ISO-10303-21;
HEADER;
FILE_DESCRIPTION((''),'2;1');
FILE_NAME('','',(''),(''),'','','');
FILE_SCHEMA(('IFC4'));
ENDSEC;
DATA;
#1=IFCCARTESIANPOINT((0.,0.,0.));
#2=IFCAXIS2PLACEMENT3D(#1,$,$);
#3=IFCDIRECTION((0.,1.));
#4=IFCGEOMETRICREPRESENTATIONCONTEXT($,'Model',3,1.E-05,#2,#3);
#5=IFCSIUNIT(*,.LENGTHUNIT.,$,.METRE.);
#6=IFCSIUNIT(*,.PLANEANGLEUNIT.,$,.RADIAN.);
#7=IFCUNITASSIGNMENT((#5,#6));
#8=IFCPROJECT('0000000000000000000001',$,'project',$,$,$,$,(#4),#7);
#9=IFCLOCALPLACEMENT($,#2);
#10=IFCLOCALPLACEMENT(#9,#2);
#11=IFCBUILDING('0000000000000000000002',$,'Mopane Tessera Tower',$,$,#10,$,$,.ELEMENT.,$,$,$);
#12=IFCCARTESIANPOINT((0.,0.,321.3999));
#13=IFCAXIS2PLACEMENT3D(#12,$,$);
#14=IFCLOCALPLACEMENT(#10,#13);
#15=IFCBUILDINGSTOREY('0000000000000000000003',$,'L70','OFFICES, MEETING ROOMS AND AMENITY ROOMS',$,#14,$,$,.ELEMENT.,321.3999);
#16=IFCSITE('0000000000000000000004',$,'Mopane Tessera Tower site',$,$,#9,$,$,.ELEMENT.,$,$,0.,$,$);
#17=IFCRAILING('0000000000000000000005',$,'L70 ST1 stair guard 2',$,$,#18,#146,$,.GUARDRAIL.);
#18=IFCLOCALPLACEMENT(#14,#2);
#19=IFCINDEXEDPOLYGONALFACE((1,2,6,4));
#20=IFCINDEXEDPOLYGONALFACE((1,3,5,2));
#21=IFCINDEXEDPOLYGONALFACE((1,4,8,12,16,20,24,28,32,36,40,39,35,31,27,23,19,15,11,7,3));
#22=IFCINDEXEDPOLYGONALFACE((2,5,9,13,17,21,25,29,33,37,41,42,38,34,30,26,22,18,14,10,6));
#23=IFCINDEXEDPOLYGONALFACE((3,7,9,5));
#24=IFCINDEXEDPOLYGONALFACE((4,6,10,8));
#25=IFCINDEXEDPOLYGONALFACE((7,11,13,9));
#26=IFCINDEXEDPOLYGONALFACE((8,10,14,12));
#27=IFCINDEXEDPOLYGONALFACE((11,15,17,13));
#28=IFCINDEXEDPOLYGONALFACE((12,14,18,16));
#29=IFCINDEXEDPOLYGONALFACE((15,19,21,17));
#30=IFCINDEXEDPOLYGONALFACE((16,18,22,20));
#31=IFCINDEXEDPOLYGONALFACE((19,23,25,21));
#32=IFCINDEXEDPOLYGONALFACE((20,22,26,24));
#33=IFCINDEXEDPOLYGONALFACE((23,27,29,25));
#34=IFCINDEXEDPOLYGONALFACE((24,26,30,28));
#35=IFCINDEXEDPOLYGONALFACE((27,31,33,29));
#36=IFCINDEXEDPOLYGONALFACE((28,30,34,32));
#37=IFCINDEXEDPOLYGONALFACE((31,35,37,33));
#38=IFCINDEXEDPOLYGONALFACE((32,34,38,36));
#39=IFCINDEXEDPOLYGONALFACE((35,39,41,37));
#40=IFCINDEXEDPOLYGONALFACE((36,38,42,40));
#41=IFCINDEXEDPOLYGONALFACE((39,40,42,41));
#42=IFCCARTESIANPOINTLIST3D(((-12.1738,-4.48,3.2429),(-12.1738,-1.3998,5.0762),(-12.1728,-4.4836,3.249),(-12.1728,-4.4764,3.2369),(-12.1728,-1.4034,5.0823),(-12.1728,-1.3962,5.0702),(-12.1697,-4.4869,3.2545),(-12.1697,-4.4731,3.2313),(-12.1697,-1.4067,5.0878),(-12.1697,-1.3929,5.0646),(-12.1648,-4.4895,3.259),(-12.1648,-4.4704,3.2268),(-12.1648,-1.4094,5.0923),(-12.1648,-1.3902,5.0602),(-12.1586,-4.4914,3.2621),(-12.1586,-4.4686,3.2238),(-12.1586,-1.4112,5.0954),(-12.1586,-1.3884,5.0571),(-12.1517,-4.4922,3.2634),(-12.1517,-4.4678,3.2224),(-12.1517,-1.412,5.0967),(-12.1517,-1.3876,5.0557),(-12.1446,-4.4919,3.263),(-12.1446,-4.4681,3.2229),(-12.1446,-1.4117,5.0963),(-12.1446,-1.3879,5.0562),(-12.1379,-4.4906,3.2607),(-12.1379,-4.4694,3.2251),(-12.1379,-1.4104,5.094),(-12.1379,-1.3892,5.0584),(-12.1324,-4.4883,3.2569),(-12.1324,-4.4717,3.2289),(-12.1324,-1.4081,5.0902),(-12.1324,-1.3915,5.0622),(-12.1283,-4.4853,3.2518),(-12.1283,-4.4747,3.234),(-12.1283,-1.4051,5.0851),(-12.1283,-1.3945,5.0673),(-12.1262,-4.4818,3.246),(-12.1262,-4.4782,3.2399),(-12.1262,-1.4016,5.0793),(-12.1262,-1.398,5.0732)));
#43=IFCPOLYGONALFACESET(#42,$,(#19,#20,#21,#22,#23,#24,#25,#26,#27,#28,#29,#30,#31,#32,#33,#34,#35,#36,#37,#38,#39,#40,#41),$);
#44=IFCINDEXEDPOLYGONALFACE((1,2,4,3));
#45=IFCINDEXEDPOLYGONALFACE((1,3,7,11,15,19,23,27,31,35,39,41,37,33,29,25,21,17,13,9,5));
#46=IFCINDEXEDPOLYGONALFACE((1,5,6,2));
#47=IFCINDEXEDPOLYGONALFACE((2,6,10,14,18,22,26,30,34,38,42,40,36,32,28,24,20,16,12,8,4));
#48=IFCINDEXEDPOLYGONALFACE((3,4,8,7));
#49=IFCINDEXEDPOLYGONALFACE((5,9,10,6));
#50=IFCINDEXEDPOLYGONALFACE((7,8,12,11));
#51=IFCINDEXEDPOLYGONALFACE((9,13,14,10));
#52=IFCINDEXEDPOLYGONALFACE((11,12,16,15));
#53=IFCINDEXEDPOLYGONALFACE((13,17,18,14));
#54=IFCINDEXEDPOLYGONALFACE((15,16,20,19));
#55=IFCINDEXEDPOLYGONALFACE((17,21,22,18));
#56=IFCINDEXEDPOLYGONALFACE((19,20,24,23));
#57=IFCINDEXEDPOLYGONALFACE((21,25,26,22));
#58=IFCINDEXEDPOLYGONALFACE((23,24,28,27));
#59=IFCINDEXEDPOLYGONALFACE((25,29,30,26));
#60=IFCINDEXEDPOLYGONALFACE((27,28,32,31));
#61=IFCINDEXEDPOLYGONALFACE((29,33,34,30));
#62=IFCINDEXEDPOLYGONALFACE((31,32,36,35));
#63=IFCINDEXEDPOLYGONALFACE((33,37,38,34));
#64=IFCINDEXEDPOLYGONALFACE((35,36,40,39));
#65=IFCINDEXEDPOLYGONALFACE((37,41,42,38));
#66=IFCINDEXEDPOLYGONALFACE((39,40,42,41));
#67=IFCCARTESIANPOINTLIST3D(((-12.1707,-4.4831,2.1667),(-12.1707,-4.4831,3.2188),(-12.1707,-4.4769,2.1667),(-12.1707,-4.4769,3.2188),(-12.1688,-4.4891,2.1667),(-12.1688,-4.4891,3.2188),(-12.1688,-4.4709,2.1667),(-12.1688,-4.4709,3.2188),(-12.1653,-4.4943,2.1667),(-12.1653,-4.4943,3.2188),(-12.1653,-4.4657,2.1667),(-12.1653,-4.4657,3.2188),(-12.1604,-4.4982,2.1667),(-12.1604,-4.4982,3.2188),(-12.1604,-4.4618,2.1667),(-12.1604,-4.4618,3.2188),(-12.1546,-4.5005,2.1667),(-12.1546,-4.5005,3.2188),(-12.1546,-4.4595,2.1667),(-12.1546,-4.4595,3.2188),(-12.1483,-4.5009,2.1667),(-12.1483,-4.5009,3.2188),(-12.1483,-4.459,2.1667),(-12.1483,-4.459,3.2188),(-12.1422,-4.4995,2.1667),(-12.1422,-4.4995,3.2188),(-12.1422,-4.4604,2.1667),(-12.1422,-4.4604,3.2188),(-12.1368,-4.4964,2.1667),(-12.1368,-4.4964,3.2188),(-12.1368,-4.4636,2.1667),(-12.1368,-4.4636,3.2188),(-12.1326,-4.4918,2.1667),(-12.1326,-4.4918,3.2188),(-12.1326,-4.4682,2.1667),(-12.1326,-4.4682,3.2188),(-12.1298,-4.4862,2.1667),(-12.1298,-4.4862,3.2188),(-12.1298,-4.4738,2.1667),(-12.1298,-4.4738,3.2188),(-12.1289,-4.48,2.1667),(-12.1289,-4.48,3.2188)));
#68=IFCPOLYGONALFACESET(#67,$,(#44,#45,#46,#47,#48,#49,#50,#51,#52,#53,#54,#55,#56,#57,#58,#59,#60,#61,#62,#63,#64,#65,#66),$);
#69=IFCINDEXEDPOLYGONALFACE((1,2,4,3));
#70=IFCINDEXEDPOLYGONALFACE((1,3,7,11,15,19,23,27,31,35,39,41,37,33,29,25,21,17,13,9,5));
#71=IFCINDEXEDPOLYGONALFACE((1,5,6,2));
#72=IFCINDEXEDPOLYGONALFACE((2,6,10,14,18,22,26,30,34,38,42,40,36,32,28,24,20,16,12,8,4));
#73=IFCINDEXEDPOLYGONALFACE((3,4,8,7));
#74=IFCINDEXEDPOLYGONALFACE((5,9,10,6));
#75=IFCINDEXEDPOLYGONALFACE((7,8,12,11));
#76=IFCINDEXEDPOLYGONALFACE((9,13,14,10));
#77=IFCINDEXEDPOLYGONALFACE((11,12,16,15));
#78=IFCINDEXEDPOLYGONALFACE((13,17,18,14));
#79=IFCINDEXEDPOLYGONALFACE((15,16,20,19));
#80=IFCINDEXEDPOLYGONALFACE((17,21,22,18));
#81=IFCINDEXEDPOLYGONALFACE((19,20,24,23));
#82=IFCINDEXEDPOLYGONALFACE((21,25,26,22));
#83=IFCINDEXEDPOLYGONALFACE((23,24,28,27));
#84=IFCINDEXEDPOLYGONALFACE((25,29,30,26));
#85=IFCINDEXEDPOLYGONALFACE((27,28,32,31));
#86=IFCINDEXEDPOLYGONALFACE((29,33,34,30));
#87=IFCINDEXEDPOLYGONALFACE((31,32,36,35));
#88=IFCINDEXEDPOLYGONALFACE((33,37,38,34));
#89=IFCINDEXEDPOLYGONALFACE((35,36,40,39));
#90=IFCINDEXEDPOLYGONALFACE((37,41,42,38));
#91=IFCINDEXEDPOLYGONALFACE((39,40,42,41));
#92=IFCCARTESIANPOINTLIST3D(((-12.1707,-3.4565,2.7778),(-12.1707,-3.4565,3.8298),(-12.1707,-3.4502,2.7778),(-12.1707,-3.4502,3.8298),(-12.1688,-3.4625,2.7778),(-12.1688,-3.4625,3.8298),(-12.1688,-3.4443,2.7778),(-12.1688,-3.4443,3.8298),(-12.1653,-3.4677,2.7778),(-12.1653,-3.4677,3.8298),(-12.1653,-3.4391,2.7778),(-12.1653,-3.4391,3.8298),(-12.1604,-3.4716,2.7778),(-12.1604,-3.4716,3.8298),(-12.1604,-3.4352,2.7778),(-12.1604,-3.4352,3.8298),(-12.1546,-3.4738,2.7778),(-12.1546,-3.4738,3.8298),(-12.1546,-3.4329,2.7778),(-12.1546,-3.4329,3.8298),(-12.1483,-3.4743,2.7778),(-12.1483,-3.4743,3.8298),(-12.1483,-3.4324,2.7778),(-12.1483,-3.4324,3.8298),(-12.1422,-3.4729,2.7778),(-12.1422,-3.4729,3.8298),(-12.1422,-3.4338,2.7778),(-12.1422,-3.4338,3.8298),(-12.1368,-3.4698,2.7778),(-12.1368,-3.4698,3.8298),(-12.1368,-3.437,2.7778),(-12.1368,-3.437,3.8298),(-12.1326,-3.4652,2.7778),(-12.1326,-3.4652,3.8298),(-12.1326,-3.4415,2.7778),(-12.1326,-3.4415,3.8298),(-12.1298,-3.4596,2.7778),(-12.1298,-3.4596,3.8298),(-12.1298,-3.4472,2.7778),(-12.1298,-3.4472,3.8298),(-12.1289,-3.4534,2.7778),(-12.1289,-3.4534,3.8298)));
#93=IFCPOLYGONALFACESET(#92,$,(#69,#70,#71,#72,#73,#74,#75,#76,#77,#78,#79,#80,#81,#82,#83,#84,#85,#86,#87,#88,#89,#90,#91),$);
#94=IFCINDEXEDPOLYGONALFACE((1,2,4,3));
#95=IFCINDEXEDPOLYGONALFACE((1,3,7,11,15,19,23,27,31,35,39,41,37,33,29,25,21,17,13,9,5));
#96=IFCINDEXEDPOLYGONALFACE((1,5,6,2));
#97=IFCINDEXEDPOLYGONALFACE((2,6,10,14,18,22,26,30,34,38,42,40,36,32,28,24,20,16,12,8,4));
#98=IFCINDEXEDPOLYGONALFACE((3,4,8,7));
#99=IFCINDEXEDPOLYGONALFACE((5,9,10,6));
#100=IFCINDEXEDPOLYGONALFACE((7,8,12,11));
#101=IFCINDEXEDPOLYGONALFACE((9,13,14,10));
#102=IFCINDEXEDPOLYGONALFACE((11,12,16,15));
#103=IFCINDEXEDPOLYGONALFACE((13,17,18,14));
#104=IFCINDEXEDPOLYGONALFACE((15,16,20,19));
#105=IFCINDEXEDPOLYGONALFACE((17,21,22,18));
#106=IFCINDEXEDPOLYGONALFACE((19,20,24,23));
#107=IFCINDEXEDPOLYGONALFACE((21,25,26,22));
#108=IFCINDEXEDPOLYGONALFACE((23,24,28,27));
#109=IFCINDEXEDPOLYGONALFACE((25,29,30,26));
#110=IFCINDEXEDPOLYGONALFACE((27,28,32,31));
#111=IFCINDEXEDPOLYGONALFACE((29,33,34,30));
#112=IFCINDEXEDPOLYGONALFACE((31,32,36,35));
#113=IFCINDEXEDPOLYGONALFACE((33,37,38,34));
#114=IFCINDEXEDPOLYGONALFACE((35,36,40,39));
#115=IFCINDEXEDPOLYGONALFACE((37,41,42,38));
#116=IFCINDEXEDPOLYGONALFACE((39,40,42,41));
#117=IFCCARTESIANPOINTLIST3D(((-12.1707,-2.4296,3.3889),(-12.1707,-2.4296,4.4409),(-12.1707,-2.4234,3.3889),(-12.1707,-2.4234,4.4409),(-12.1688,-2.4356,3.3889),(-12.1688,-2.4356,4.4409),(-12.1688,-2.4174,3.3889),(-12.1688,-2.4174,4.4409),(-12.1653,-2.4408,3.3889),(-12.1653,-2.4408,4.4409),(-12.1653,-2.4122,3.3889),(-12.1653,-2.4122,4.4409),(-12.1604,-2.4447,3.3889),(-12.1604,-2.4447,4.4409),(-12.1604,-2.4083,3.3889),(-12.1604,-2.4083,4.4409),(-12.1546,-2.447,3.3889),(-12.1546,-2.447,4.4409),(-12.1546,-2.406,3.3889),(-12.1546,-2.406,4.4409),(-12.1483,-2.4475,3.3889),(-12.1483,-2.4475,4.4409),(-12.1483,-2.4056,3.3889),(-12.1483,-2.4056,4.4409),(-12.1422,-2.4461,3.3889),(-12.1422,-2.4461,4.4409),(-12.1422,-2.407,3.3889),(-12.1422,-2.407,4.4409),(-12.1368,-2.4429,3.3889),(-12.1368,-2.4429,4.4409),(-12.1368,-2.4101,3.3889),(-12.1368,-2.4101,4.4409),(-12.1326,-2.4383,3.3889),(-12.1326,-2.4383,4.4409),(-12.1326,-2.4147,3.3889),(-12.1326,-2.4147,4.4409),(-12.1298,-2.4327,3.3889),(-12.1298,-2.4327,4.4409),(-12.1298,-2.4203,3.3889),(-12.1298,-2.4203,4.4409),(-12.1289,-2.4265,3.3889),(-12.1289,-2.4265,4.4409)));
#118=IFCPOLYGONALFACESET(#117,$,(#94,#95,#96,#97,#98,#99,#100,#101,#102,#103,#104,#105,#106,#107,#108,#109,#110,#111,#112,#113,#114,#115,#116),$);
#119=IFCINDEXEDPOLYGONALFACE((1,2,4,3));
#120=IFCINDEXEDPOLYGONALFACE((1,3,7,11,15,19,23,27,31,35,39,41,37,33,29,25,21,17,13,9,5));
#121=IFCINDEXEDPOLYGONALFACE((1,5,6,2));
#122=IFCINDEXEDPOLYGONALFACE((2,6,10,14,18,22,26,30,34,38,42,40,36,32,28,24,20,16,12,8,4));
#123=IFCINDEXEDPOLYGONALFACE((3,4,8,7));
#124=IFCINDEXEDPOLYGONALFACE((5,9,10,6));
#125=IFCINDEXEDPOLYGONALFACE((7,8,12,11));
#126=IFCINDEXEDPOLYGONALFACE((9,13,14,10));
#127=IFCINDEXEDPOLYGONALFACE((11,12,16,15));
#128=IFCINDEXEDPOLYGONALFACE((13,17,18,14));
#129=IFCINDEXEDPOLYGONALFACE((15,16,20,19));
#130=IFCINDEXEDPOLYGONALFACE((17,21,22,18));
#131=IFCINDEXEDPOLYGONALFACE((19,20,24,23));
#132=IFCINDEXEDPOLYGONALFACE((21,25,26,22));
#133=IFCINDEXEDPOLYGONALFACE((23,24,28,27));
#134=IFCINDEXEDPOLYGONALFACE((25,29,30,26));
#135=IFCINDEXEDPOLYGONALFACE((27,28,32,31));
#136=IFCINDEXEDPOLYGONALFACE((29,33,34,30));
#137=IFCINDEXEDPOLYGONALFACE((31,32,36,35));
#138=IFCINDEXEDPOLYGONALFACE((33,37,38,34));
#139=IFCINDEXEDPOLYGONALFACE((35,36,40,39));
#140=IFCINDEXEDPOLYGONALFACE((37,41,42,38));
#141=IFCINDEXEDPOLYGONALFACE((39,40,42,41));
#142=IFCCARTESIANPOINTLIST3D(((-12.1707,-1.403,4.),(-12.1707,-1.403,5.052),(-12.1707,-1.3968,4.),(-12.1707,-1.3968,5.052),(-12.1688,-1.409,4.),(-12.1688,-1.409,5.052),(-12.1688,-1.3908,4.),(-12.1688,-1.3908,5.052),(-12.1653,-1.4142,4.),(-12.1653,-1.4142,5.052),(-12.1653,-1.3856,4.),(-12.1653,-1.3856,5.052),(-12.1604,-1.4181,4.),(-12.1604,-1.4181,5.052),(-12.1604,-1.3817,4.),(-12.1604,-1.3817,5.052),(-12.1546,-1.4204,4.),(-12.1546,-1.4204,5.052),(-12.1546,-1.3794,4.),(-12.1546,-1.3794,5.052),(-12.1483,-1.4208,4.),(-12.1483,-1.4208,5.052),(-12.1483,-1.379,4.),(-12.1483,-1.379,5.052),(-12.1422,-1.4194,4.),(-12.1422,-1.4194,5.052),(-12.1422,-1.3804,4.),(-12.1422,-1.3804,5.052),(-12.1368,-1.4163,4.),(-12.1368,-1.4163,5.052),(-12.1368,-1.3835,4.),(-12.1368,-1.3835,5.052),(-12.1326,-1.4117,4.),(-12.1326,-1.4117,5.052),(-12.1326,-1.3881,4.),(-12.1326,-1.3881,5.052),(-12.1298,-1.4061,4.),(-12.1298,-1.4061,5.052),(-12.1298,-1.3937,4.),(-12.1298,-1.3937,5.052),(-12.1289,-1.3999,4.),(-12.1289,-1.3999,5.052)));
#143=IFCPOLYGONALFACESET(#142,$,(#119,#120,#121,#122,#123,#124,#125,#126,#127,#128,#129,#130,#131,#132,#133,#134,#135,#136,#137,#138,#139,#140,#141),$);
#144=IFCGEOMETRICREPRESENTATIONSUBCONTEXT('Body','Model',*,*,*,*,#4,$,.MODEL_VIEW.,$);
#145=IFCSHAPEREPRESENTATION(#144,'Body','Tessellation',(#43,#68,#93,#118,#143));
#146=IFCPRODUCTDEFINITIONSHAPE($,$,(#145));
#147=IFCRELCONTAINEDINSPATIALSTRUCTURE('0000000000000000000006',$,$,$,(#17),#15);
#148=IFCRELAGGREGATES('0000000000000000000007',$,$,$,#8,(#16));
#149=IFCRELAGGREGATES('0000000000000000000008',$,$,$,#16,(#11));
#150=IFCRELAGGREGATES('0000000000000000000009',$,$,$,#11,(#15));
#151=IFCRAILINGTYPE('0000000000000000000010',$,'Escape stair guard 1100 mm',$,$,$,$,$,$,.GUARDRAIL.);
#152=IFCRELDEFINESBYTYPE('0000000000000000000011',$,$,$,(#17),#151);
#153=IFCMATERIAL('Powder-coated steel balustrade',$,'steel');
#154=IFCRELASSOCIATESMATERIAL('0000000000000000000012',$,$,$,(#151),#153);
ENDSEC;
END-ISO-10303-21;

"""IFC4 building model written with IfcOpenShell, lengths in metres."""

from ifc_helpers import new_model, si_unit, direction, frame, origin, origin_2d, place, context, subcontext, project, spatial, circle, extrude, material, type_object, element, save


model = new_model("IFC4")

# Units and contexts
model_context = context("Model", 3, precision=1e-05, world=origin(), true_north=direction((0.0, 1.0)))
body_context = subcontext(model_context, "Body", "Model", "MODEL_VIEW")
ifc_project = project(units=[si_unit("LENGTHUNIT", "METRE"), si_unit("PLANEANGLEUNIT", "RADIAN")], contexts=[model_context])

# Site, building, storey
site_placement = place(None, origin())
site = spatial("IfcSite", under=ifc_project, at=site_placement, Name="Mopane Tessera Tower site", CompositionType="ELEMENT", RefElevation=0.0)
building_placement = place(site_placement, origin())
building = spatial("IfcBuilding", under=site, at=building_placement, Name="Mopane Tessera Tower", CompositionType="ELEMENT")
storey_placement = place(building_placement, frame((0.0, 0.0, 321.3999)))
storey = spatial("IfcBuildingStorey", under=building, at=storey_placement, Name="L70", Description="OFFICES, MEETING ROOMS AND AMENITY ROOMS", CompositionType="ELEMENT", Elevation=321.3999)

# Railing
ifc_material_1 = material(Name="Powder-coated steel balustrade", Category="steel")
railing_type_1 = type_object("IfcRailingType", Name="Escape stair guard 1100 mm", PredefinedType="GUARDRAIL", material=ifc_material_1)
railing_1_placement = place(storey_placement, frame((-12.1499, -4.48, 2.1667)))
element("IfcRailing", 1, at=railing_1_placement, inside=storey, type_object=railing_type_1, Name="L70 ST1 stair guard 2", PredefinedType="GUARDRAIL", context=body_context, shape_type="SweptSolid", body=[
    extrude(circle(Radius=0.0239, at=origin_2d()), frame((0.0, 0.0, 1.0762), z_axis=(0.0, 0.859309, 0.511458), x_axis=(-1.0, 0.0, 0.0)), (0.0, 0.0, 1.0), 3.5845),
    extrude(circle(Radius=0.021, at=origin_2d()), origin(), (0.0, 0.0, 1.0), 1.052),
    extrude(circle(Radius=0.021, at=origin_2d()), frame((0.0, 1.0266, 0.6111)), (0.0, 0.0, 1.0), 1.052),
    extrude(circle(Radius=0.021, at=origin_2d()), frame((0.0, 2.0535, 1.2222)), (0.0, 0.0, 1.0), 1.052),
    extrude(circle(Radius=0.021, at=origin_2d()), frame((0.0, 3.0801, 1.8333)), (0.0, 0.0, 1.0), 1.052),
])

save(model, "model.ifc")
